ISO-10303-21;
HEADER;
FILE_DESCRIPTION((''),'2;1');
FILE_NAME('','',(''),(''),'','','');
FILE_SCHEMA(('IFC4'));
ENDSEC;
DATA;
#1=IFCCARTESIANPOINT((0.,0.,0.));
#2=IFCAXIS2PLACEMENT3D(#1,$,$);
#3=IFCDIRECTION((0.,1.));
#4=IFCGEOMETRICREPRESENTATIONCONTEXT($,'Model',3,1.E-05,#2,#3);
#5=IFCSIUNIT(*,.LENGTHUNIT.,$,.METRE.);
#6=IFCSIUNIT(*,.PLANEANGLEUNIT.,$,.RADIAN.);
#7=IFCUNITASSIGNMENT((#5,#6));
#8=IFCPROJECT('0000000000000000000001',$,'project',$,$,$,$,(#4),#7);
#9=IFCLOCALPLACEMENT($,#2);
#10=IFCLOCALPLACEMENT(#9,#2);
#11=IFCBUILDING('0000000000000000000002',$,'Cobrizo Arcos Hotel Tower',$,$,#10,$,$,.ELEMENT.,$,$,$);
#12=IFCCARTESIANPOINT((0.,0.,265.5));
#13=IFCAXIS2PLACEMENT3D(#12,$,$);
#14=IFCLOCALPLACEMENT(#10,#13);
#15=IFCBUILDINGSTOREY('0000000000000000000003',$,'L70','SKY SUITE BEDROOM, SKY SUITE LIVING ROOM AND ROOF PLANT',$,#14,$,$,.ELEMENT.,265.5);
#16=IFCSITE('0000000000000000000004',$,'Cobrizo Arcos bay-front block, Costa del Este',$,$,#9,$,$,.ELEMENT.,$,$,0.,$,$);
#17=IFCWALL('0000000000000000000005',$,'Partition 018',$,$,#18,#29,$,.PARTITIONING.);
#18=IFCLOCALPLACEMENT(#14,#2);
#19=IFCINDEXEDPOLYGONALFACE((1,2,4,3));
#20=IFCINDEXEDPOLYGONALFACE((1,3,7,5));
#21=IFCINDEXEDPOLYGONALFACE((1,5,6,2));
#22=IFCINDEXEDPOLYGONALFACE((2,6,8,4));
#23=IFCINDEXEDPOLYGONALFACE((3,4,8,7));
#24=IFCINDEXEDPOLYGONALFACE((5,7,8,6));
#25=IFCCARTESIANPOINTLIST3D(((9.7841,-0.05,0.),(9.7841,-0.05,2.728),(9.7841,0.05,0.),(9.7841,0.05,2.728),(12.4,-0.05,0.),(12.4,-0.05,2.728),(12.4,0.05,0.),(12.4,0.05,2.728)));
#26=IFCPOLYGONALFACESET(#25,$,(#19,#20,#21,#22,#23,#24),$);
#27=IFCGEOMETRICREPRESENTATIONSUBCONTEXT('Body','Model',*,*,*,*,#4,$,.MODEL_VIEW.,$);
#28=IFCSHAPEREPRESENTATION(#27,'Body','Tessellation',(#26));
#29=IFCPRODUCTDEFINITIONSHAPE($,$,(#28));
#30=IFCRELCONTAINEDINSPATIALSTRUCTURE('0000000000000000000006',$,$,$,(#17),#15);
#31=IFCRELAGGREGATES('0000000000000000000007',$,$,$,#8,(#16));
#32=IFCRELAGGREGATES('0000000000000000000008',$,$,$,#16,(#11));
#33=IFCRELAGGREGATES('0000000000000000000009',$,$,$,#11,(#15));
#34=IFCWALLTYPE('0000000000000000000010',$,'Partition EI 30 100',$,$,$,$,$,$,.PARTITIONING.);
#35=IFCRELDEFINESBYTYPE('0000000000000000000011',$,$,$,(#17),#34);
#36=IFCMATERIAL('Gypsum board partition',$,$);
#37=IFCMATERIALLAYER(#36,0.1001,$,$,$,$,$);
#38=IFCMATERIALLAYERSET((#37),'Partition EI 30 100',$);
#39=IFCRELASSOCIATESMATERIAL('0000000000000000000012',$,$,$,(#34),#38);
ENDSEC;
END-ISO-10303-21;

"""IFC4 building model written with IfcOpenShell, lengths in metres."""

from ifc_helpers import new_model, si_unit, direction, frame, frame_2d, origin, place, context, subcontext, project, spatial, rectangle, extrude, material, layer, layer_set, type_object, element, save


model = new_model("IFC4")

# Units and contexts
model_context = context("Model", 3, precision=1e-05, world=origin(), true_north=direction((0.0, 1.0)))
body_context = subcontext(model_context, "Body", "Model", "MODEL_VIEW")
ifc_project = project(units=[si_unit("LENGTHUNIT", "METRE"), si_unit("PLANEANGLEUNIT", "RADIAN")], contexts=[model_context])

# Site, building, storey
site_placement = place(None, origin())
site = spatial("IfcSite", under=ifc_project, at=site_placement, Name="Cobrizo Arcos bay-front block, Costa del Este", CompositionType="ELEMENT", RefElevation=0.0)
building_placement = place(site_placement, origin())
building = spatial("IfcBuilding", under=site, at=building_placement, Name="Cobrizo Arcos Hotel Tower", CompositionType="ELEMENT")
storey_placement = place(building_placement, frame((0.0, 0.0, 265.5)))
storey = spatial("IfcBuildingStorey", under=building, at=storey_placement, Name="L70", Description="SKY SUITE BEDROOM, SKY SUITE LIVING ROOM AND ROOF PLANT", CompositionType="ELEMENT", Elevation=265.5)

# Wall
ifc_material_1 = material(Name="Gypsum board partition")
ifc_layer_1 = layer(ifc_material_1, 0.1001)
ifc_layer_set_1 = layer_set([ifc_layer_1], Name="Partition EI 30 100")
wall_type = type_object("IfcWallType", Name="Partition EI 30 100", PredefinedType="PARTITIONING", material=ifc_layer_set_1)
wall_placement = place(storey_placement, frame((9.7839, 0.0, 0.0), z_axis=(0.0, 0.0, 1.0), x_axis=(1.0, 0.0, 0.0)))
element("IfcWall", 1, at=wall_placement, inside=storey, type_object=wall_type, Name="Partition 018", PredefinedType="PARTITIONING", context=body_context, shape_type="SweptSolid", body=[
    extrude(rectangle(XDim=2.616, YDim=0.1001, at=frame_2d((1.3081, 0.0))), origin(), (0.0, 0.0, 1.0), 2.728),
])

save(model, "model.ifc")
